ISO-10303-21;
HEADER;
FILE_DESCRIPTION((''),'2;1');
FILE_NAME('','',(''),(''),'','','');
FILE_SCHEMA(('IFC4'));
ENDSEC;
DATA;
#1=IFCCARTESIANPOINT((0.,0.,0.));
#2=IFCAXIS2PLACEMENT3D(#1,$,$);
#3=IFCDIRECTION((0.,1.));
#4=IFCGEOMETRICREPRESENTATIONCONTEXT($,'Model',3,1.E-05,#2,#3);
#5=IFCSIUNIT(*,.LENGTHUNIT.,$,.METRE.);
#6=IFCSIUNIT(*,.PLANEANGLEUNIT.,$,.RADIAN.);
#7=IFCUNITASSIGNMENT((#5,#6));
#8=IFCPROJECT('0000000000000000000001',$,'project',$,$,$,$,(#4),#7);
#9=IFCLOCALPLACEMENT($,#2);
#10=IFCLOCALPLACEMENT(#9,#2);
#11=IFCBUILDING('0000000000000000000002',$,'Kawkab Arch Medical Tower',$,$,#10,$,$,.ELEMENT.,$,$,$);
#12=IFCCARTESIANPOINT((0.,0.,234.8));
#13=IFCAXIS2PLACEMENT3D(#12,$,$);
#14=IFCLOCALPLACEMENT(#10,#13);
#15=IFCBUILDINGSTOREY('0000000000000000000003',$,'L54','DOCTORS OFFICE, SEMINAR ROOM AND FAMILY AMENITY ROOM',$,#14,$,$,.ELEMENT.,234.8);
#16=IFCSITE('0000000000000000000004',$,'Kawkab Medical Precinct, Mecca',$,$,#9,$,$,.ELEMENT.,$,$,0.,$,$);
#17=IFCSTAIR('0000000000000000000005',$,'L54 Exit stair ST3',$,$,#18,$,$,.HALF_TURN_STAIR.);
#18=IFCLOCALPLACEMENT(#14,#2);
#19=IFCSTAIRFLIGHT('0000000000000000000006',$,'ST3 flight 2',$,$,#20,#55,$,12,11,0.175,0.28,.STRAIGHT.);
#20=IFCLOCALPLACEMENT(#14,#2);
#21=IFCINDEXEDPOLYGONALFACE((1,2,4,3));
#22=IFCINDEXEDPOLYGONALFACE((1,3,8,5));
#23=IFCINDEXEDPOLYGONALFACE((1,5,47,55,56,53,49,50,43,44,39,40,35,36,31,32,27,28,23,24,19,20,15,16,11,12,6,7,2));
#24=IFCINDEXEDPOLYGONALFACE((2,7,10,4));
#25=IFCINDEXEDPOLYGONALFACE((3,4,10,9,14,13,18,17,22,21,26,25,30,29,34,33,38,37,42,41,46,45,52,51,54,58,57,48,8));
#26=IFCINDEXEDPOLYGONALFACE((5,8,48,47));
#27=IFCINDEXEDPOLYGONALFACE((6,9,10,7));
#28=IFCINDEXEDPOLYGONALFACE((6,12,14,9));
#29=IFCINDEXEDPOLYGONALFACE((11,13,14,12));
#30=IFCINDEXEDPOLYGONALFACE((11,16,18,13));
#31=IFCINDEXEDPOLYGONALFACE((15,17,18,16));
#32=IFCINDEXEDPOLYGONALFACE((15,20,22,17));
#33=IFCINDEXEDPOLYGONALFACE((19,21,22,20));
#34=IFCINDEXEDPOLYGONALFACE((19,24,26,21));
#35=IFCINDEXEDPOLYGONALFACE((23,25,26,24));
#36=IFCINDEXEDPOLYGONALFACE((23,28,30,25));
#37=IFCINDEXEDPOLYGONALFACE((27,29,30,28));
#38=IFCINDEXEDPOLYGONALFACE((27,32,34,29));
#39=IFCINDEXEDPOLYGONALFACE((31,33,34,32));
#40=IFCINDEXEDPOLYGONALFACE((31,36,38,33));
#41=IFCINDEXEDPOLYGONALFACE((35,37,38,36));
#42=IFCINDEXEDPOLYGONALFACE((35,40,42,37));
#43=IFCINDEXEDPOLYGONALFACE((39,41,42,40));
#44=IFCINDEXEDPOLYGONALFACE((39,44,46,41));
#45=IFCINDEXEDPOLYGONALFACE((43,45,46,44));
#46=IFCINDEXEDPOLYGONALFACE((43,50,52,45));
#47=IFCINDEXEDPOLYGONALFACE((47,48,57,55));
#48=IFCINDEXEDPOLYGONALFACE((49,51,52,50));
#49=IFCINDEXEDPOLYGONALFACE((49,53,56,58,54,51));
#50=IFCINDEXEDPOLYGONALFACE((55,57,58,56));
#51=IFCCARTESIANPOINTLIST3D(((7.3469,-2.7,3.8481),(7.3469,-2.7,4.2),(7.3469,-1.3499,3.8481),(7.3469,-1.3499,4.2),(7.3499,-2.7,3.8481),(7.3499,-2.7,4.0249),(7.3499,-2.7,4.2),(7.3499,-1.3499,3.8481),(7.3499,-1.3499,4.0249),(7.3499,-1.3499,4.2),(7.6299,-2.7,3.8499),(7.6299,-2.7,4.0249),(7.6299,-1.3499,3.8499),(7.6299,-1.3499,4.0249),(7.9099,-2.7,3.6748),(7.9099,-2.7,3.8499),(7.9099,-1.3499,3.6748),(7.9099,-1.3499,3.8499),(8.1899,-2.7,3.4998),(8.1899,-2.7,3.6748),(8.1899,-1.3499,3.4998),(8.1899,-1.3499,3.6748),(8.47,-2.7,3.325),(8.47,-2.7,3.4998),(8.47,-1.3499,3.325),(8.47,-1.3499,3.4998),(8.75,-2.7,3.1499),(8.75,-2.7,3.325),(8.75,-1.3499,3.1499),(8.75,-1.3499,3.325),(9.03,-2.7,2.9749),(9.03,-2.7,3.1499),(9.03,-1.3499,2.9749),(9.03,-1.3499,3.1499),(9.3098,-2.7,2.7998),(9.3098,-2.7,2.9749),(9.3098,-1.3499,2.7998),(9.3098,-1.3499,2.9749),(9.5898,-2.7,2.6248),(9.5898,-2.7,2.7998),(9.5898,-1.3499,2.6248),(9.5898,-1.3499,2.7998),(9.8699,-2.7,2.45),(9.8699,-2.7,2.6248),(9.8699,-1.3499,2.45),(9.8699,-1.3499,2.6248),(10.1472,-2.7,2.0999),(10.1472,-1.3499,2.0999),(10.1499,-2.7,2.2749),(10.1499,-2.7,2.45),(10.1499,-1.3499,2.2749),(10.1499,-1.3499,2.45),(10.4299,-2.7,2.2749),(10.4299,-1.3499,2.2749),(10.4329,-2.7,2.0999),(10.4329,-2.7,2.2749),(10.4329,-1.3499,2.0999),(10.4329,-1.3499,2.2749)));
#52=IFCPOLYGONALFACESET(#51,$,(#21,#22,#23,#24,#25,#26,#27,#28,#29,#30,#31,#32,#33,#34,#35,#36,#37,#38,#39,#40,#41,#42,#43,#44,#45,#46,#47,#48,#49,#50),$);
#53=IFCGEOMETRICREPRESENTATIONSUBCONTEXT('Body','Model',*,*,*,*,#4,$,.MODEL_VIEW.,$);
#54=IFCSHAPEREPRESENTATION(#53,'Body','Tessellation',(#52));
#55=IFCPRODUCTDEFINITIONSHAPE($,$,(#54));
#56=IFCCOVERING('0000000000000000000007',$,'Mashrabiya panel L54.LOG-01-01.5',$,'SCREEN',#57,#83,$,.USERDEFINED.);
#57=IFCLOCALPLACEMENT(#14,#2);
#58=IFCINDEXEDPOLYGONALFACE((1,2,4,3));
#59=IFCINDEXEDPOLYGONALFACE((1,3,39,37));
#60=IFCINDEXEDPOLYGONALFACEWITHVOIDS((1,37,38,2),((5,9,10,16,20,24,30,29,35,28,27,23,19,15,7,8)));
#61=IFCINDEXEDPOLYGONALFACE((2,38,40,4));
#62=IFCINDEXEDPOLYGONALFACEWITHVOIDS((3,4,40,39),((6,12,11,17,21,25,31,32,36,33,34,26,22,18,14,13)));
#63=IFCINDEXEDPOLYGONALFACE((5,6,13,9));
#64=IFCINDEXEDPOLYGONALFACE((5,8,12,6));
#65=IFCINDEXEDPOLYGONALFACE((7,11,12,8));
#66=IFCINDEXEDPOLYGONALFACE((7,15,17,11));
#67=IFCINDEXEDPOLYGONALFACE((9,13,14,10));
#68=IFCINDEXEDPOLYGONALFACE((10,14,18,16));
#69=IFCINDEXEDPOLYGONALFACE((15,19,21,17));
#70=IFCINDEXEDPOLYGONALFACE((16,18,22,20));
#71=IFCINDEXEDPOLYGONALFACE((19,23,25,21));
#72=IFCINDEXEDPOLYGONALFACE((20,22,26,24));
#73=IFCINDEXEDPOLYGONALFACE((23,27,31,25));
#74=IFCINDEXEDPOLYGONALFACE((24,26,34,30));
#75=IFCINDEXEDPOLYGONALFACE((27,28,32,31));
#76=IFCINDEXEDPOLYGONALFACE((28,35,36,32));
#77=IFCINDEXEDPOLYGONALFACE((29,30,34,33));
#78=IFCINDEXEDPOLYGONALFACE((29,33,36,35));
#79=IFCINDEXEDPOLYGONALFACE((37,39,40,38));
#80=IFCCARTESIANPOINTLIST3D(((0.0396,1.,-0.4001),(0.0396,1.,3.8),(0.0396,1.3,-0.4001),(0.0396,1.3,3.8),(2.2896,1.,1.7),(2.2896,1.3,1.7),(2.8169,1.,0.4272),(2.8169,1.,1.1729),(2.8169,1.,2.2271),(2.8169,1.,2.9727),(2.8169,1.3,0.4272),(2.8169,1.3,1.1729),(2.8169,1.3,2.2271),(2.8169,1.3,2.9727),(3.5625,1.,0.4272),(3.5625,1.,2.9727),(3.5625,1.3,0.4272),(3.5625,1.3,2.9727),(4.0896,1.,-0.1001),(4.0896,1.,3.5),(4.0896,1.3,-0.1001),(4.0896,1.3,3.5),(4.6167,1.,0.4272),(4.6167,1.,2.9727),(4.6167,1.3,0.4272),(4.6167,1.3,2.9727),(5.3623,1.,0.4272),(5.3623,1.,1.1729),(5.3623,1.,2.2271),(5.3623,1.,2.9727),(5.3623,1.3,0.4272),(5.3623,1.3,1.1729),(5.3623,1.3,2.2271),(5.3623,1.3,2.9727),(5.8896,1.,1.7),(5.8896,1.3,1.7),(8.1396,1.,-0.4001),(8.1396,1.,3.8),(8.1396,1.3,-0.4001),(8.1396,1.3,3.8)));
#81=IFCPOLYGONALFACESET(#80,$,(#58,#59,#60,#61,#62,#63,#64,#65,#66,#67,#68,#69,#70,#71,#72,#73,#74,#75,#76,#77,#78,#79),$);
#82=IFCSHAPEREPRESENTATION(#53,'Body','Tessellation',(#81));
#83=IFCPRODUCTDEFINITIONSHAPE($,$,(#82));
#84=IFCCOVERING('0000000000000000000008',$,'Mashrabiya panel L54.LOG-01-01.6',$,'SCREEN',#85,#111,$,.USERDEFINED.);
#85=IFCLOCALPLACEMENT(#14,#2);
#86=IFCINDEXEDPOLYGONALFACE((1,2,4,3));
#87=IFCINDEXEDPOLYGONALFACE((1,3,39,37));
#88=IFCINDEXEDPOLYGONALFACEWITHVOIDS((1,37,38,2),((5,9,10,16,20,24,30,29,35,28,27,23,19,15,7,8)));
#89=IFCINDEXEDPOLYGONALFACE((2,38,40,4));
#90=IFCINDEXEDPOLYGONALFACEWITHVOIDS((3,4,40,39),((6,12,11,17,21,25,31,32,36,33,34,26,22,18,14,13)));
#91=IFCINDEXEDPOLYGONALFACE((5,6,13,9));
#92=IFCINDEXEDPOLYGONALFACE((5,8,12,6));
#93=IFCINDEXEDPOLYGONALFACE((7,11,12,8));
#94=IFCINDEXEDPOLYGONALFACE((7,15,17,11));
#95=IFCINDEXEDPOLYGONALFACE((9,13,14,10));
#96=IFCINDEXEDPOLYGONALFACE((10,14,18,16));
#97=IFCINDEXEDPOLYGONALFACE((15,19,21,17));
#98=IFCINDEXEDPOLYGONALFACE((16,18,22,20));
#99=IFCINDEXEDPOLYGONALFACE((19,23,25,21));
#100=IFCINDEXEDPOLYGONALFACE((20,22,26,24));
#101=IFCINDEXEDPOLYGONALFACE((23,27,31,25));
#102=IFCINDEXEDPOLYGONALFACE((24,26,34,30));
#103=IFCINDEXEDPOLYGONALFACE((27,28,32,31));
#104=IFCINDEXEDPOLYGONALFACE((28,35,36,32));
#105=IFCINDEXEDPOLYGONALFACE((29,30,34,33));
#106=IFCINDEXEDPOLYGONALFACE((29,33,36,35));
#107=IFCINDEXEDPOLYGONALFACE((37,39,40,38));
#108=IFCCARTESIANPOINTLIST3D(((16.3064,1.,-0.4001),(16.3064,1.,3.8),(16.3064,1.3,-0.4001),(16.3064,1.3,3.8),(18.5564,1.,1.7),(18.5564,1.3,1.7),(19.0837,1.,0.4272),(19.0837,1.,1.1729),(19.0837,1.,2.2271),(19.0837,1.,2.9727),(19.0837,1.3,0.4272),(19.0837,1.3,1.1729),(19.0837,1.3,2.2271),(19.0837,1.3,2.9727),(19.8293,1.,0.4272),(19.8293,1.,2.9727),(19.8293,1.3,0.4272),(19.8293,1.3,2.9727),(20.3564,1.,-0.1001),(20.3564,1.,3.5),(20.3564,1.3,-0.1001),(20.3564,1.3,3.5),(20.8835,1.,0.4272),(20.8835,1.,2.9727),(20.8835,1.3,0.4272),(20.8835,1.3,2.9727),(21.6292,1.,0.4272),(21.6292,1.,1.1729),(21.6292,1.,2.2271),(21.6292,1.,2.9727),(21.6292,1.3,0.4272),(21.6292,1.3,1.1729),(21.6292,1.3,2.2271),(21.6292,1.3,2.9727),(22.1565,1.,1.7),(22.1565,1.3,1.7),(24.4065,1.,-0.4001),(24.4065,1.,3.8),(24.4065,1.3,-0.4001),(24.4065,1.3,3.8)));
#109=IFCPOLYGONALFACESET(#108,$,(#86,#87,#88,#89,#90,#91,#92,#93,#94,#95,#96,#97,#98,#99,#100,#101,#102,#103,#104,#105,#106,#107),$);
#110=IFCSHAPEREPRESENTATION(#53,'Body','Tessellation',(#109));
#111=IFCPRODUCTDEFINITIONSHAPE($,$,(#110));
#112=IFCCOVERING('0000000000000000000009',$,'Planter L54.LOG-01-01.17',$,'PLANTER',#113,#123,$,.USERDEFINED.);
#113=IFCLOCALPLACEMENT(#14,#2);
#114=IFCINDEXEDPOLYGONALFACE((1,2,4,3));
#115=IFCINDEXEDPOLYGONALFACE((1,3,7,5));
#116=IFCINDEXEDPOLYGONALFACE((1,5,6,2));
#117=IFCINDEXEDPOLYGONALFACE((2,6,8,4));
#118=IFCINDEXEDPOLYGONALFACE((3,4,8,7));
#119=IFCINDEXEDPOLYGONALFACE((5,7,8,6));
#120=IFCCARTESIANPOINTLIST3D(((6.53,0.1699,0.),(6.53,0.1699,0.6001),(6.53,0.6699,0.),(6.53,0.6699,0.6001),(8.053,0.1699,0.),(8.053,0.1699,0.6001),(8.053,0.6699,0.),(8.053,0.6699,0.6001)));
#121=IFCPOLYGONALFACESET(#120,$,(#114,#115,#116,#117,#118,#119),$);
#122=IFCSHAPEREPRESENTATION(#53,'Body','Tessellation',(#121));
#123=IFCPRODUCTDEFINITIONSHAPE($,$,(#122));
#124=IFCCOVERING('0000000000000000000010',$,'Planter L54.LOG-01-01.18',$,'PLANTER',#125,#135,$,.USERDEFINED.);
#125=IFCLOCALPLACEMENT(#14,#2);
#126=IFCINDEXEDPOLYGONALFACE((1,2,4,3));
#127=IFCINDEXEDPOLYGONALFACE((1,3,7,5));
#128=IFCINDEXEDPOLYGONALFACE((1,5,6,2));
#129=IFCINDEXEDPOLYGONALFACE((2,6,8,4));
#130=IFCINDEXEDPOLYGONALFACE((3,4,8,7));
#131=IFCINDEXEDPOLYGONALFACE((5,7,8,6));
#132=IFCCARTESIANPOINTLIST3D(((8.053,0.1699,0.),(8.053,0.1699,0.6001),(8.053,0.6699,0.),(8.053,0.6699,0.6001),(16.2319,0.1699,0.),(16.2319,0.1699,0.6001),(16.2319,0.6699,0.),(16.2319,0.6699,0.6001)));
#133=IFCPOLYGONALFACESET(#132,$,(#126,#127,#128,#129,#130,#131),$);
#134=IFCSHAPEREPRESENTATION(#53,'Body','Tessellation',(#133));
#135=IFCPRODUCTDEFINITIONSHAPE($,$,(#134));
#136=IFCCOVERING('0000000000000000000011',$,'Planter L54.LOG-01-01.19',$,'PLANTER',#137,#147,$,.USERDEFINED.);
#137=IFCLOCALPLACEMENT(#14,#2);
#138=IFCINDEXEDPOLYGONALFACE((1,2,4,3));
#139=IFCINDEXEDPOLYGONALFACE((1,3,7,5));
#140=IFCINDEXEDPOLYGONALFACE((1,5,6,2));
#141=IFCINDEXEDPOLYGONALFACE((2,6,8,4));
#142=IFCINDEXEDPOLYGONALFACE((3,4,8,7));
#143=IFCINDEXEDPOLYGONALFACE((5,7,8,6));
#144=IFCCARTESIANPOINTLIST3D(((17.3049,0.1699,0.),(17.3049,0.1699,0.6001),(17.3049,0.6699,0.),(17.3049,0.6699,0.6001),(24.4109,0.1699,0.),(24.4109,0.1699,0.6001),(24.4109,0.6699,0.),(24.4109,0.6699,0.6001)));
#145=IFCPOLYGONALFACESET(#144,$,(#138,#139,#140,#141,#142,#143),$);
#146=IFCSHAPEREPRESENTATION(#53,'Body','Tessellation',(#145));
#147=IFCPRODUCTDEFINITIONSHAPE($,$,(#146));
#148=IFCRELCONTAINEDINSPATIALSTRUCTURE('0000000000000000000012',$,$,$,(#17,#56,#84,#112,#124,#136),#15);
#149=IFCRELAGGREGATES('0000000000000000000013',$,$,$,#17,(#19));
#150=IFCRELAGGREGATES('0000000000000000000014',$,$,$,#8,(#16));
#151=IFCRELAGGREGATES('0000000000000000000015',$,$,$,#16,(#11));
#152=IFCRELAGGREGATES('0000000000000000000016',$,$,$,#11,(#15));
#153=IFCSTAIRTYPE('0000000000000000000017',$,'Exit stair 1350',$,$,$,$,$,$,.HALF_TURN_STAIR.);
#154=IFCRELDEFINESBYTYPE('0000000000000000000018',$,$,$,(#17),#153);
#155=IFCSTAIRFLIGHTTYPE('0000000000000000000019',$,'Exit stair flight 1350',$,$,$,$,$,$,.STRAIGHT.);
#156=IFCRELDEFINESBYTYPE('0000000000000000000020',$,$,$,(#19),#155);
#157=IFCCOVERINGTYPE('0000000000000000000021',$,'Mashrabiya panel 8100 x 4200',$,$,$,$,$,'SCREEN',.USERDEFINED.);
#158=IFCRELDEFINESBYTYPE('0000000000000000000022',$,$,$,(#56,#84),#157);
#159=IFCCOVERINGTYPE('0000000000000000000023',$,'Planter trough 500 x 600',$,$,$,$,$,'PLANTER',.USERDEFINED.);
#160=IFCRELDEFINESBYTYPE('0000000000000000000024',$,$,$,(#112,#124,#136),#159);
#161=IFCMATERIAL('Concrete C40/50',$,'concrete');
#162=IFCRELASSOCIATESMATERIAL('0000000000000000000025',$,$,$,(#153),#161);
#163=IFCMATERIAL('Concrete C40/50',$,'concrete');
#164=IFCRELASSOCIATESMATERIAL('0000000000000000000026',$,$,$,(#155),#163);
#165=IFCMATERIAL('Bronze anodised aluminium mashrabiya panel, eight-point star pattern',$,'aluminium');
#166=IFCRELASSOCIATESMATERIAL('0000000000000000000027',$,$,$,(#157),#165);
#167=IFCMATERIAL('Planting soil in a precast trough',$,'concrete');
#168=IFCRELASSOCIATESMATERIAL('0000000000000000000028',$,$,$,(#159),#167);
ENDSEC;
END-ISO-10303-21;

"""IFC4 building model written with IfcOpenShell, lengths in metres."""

from ifc_helpers import new_model, si_unit, direction, frame, origin, origin_2d, place, context, subcontext, project, spatial, polyline, rectangle, outline, extrude, material, material_profile, profile_set, type_object, element, aggregate, save


model = new_model("IFC4")

# Units and contexts
model_context = context("Model", 3, precision=1e-05, world=origin(), true_north=direction((0.0, 1.0)))
body_context = subcontext(model_context, "Body", "Model", "MODEL_VIEW")
ifc_project = project(units=[si_unit("LENGTHUNIT", "METRE"), si_unit("PLANEANGLEUNIT", "RADIAN")], contexts=[model_context])

# Site, building, storey
site_placement = place(None, origin())
site = spatial("IfcSite", under=ifc_project, at=site_placement, Name="Kawkab Medical Precinct, Mecca", CompositionType="ELEMENT", RefElevation=0.0)
building_placement = place(site_placement, origin())
building = spatial("IfcBuilding", under=site, at=building_placement, Name="Kawkab Arch Medical Tower", CompositionType="ELEMENT")
storey_placement = place(building_placement, frame((0.0, 0.0, 234.8)))
storey = spatial("IfcBuildingStorey", under=building, at=storey_placement, Name="L54", Description="DOCTORS OFFICE, SEMINAR ROOM AND FAMILY AMENITY ROOM", CompositionType="ELEMENT", Elevation=234.8)

# Shared definitions
placement = place(storey_placement, origin())

# Stair, stair flight
ifc_material_1 = material(Name="Concrete C40/50", Category="concrete")
stair_type = type_object("IfcStairType", Name="Exit stair 1350", PredefinedType="HALF_TURN_STAIR", material=ifc_material_1)
stair = element("IfcStair", 1, at=placement, inside=storey, type_object=stair_type, Name="L54 Exit stair ST3", PredefinedType="HALF_TURN_STAIR")
ifc_material_2 = material(Name="Concrete C40/50", Category="concrete")
stair_flight_type = type_object("IfcStairFlightType", Name="Exit stair flight 1350", PredefinedType="STRAIGHT", material=ifc_material_2)
stair_flight_placement = place(storey_placement, frame((10.4299, -2.0249, 2.0999), z_axis=(0.0, 0.0, 1.0), x_axis=(-1.0, 0.0, 0.0)))
stair_flight = element("IfcStairFlight", 2, at=stair_flight_placement, type_object=stair_flight_type, Name="ST3 flight 2", NumberOfRisers=12, NumberOfTreads=11, PredefinedType="STRAIGHT", RiserHeight=0.175, TreadLength=0.28, context=body_context, shape_type="SweptSolid", body=[
    extrude(outline(polyline([(-0.0029, 0.0), (-0.0029, 0.175), (0.0, 0.175), (0.28, 0.175), (0.28, 0.3501), (0.5601, 0.3501), (0.5601, 0.5249), (0.8401, 0.5249), (0.8401, 0.7), (1.1201, 0.7), (1.1201, 0.875), (1.3999, 0.875), (1.3999, 1.05), (1.6799, 1.05), (1.6799, 1.2251), (1.96, 1.2251), (1.96, 1.3999), (2.24, 1.3999), (2.24, 1.575), (2.52, 1.575), (2.52, 1.75), (2.8, 1.75), (2.8, 1.925), (3.0801, 1.925), (3.0801, 2.1001), (3.083, 2.1001), (3.083, 1.7483), (3.0801, 1.7483), (0.2827, 0.0), (-0.0029, 0.0)])), frame((0.0, 0.675, 0.0), z_axis=(0.0, -1.0, 0.0), x_axis=(1.0, 0.0, 0.0)), (0.0, 0.0, 1.0), 1.3501),
])
aggregate(stair, [stair_flight])

# Coverings
ifc_material_3 = material(Name="Bronze anodised aluminium mashrabiya panel, eight-point star pattern", Category="aluminium")
ifc_material_profile_1 = material_profile(ifc_material_3, outline(polyline([(-4.05, -2.1001), (4.05, -2.1001), (4.05, 2.1001), (-4.05, 2.1001), (-4.05, -2.1001)]), holes=[polyline([(1.8, 0.0), (1.2727, 0.5271), (1.2727, 1.2727), (0.5271, 1.2727), (0.0, 1.8), (-0.5271, 1.2727), (-1.2727, 1.2727), (-1.2727, 0.5271), (-1.8, 0.0), (-1.2727, -0.5271), (-1.2727, -1.2727), (-0.5271, -1.2727), (0.0, -1.8), (0.5271, -1.2727), (1.2727, -1.2727), (1.2727, -0.5271), (1.8, 0.0)])]), Name="Mashrabiya panel 8100x4200")
ifc_profile_set_1 = profile_set([ifc_material_profile_1], Name="Bronze anodised aluminium mashrabiya panel, eight-point star pattern")
covering_type_1 = type_object("IfcCoveringType", Name="Mashrabiya panel 8100 x 4200", ElementType="SCREEN", PredefinedType="USERDEFINED", material=ifc_profile_set_1)
for number, where, z_axis, x_axis, name in (
    (3, (4.0896, 1.0, 1.7), (0.0, 1.0, 0.0), (-1.0, 0.0, 0.0), "Mashrabiya panel L54.LOG-01-01.5"),
    (4, (20.3564, 1.0, 1.7), (0.0, 1.0, 0.0), (-1.0, 0.0, 0.0), "Mashrabiya panel L54.LOG-01-01.6"),
):
    element("IfcCovering", number, at=place(storey_placement, frame(where, z_axis=z_axis, x_axis=x_axis)), inside=storey, type_object=covering_type_1, Name=name, ObjectType="SCREEN", PredefinedType="USERDEFINED", context=body_context, shape_type="SweptSolid", body=[
        extrude(outline(polyline([(-4.05, -2.1001), (4.05, -2.1001), (4.05, 2.1001), (-4.05, 2.1001), (-4.05, -2.1001)]), holes=[polyline([(1.8, 0.0), (1.2727, 0.5271), (1.2727, 1.2727), (0.5271, 1.2727), (0.0, 1.8), (-0.5271, 1.2727), (-1.2727, 1.2727), (-1.2727, 0.5271), (-1.8, 0.0), (-1.2727, -0.5271), (-1.2727, -1.2727), (-0.5271, -1.2727), (0.0, -1.8), (0.5271, -1.2727), (1.2727, -1.2727), (1.2727, -0.5271), (1.8, 0.0)])]), origin(), (0.0, 0.0, 1.0), 0.3),
    ])
ifc_material_4 = material(Name="Planting soil in a precast trough", Category="concrete")
ifc_material_profile_2 = material_profile(ifc_material_4, rectangle(XDim=0.5, YDim=0.6001, at=origin_2d()), Name="Trough 500x600")
ifc_profile_set_2 = profile_set([ifc_material_profile_2], Name="Planting soil in a precast trough")
covering_type_2 = type_object("IfcCoveringType", Name="Planter trough 500 x 600", ElementType="PLANTER", PredefinedType="USERDEFINED", material=ifc_profile_set_2)
covering_1_placement = place(storey_placement, frame((6.53, 0.4199, 0.3), z_axis=(1.0, 0.0, 0.0), x_axis=(0.0, 1.0, 0.0)))
element("IfcCovering", 5, at=covering_1_placement, inside=storey, type_object=covering_type_2, Name="Planter L54.LOG-01-01.17", ObjectType="PLANTER", PredefinedType="USERDEFINED", context=body_context, shape_type="SweptSolid", body=[
    extrude(rectangle(XDim=0.5, YDim=0.6001, at=origin_2d()), origin(), (0.0, 0.0, 1.0), 1.5229),
])
covering_2_placement = place(storey_placement, frame((8.053, 0.4199, 0.3), z_axis=(1.0, 0.0, 0.0), x_axis=(0.0, 1.0, 0.0)))
element("IfcCovering", 6, at=covering_2_placement, inside=storey, type_object=covering_type_2, Name="Planter L54.LOG-01-01.18", ObjectType="PLANTER", PredefinedType="USERDEFINED", context=body_context, shape_type="SweptSolid", body=[
    extrude(rectangle(XDim=0.5, YDim=0.6001, at=origin_2d()), origin(), (0.0, 0.0, 1.0), 8.179),
])
covering_3_placement = place(storey_placement, frame((17.3049, 0.4199, 0.3), z_axis=(1.0, 0.0, 0.0), x_axis=(0.0, 1.0, 0.0)))
element("IfcCovering", 7, at=covering_3_placement, inside=storey, type_object=covering_type_2, Name="Planter L54.LOG-01-01.19", ObjectType="PLANTER", PredefinedType="USERDEFINED", context=body_context, shape_type="SweptSolid", body=[
    extrude(rectangle(XDim=0.5, YDim=0.6001, at=origin_2d()), origin(), (0.0, 0.0, 1.0), 7.106),
])

save(model, "model.ifc")
